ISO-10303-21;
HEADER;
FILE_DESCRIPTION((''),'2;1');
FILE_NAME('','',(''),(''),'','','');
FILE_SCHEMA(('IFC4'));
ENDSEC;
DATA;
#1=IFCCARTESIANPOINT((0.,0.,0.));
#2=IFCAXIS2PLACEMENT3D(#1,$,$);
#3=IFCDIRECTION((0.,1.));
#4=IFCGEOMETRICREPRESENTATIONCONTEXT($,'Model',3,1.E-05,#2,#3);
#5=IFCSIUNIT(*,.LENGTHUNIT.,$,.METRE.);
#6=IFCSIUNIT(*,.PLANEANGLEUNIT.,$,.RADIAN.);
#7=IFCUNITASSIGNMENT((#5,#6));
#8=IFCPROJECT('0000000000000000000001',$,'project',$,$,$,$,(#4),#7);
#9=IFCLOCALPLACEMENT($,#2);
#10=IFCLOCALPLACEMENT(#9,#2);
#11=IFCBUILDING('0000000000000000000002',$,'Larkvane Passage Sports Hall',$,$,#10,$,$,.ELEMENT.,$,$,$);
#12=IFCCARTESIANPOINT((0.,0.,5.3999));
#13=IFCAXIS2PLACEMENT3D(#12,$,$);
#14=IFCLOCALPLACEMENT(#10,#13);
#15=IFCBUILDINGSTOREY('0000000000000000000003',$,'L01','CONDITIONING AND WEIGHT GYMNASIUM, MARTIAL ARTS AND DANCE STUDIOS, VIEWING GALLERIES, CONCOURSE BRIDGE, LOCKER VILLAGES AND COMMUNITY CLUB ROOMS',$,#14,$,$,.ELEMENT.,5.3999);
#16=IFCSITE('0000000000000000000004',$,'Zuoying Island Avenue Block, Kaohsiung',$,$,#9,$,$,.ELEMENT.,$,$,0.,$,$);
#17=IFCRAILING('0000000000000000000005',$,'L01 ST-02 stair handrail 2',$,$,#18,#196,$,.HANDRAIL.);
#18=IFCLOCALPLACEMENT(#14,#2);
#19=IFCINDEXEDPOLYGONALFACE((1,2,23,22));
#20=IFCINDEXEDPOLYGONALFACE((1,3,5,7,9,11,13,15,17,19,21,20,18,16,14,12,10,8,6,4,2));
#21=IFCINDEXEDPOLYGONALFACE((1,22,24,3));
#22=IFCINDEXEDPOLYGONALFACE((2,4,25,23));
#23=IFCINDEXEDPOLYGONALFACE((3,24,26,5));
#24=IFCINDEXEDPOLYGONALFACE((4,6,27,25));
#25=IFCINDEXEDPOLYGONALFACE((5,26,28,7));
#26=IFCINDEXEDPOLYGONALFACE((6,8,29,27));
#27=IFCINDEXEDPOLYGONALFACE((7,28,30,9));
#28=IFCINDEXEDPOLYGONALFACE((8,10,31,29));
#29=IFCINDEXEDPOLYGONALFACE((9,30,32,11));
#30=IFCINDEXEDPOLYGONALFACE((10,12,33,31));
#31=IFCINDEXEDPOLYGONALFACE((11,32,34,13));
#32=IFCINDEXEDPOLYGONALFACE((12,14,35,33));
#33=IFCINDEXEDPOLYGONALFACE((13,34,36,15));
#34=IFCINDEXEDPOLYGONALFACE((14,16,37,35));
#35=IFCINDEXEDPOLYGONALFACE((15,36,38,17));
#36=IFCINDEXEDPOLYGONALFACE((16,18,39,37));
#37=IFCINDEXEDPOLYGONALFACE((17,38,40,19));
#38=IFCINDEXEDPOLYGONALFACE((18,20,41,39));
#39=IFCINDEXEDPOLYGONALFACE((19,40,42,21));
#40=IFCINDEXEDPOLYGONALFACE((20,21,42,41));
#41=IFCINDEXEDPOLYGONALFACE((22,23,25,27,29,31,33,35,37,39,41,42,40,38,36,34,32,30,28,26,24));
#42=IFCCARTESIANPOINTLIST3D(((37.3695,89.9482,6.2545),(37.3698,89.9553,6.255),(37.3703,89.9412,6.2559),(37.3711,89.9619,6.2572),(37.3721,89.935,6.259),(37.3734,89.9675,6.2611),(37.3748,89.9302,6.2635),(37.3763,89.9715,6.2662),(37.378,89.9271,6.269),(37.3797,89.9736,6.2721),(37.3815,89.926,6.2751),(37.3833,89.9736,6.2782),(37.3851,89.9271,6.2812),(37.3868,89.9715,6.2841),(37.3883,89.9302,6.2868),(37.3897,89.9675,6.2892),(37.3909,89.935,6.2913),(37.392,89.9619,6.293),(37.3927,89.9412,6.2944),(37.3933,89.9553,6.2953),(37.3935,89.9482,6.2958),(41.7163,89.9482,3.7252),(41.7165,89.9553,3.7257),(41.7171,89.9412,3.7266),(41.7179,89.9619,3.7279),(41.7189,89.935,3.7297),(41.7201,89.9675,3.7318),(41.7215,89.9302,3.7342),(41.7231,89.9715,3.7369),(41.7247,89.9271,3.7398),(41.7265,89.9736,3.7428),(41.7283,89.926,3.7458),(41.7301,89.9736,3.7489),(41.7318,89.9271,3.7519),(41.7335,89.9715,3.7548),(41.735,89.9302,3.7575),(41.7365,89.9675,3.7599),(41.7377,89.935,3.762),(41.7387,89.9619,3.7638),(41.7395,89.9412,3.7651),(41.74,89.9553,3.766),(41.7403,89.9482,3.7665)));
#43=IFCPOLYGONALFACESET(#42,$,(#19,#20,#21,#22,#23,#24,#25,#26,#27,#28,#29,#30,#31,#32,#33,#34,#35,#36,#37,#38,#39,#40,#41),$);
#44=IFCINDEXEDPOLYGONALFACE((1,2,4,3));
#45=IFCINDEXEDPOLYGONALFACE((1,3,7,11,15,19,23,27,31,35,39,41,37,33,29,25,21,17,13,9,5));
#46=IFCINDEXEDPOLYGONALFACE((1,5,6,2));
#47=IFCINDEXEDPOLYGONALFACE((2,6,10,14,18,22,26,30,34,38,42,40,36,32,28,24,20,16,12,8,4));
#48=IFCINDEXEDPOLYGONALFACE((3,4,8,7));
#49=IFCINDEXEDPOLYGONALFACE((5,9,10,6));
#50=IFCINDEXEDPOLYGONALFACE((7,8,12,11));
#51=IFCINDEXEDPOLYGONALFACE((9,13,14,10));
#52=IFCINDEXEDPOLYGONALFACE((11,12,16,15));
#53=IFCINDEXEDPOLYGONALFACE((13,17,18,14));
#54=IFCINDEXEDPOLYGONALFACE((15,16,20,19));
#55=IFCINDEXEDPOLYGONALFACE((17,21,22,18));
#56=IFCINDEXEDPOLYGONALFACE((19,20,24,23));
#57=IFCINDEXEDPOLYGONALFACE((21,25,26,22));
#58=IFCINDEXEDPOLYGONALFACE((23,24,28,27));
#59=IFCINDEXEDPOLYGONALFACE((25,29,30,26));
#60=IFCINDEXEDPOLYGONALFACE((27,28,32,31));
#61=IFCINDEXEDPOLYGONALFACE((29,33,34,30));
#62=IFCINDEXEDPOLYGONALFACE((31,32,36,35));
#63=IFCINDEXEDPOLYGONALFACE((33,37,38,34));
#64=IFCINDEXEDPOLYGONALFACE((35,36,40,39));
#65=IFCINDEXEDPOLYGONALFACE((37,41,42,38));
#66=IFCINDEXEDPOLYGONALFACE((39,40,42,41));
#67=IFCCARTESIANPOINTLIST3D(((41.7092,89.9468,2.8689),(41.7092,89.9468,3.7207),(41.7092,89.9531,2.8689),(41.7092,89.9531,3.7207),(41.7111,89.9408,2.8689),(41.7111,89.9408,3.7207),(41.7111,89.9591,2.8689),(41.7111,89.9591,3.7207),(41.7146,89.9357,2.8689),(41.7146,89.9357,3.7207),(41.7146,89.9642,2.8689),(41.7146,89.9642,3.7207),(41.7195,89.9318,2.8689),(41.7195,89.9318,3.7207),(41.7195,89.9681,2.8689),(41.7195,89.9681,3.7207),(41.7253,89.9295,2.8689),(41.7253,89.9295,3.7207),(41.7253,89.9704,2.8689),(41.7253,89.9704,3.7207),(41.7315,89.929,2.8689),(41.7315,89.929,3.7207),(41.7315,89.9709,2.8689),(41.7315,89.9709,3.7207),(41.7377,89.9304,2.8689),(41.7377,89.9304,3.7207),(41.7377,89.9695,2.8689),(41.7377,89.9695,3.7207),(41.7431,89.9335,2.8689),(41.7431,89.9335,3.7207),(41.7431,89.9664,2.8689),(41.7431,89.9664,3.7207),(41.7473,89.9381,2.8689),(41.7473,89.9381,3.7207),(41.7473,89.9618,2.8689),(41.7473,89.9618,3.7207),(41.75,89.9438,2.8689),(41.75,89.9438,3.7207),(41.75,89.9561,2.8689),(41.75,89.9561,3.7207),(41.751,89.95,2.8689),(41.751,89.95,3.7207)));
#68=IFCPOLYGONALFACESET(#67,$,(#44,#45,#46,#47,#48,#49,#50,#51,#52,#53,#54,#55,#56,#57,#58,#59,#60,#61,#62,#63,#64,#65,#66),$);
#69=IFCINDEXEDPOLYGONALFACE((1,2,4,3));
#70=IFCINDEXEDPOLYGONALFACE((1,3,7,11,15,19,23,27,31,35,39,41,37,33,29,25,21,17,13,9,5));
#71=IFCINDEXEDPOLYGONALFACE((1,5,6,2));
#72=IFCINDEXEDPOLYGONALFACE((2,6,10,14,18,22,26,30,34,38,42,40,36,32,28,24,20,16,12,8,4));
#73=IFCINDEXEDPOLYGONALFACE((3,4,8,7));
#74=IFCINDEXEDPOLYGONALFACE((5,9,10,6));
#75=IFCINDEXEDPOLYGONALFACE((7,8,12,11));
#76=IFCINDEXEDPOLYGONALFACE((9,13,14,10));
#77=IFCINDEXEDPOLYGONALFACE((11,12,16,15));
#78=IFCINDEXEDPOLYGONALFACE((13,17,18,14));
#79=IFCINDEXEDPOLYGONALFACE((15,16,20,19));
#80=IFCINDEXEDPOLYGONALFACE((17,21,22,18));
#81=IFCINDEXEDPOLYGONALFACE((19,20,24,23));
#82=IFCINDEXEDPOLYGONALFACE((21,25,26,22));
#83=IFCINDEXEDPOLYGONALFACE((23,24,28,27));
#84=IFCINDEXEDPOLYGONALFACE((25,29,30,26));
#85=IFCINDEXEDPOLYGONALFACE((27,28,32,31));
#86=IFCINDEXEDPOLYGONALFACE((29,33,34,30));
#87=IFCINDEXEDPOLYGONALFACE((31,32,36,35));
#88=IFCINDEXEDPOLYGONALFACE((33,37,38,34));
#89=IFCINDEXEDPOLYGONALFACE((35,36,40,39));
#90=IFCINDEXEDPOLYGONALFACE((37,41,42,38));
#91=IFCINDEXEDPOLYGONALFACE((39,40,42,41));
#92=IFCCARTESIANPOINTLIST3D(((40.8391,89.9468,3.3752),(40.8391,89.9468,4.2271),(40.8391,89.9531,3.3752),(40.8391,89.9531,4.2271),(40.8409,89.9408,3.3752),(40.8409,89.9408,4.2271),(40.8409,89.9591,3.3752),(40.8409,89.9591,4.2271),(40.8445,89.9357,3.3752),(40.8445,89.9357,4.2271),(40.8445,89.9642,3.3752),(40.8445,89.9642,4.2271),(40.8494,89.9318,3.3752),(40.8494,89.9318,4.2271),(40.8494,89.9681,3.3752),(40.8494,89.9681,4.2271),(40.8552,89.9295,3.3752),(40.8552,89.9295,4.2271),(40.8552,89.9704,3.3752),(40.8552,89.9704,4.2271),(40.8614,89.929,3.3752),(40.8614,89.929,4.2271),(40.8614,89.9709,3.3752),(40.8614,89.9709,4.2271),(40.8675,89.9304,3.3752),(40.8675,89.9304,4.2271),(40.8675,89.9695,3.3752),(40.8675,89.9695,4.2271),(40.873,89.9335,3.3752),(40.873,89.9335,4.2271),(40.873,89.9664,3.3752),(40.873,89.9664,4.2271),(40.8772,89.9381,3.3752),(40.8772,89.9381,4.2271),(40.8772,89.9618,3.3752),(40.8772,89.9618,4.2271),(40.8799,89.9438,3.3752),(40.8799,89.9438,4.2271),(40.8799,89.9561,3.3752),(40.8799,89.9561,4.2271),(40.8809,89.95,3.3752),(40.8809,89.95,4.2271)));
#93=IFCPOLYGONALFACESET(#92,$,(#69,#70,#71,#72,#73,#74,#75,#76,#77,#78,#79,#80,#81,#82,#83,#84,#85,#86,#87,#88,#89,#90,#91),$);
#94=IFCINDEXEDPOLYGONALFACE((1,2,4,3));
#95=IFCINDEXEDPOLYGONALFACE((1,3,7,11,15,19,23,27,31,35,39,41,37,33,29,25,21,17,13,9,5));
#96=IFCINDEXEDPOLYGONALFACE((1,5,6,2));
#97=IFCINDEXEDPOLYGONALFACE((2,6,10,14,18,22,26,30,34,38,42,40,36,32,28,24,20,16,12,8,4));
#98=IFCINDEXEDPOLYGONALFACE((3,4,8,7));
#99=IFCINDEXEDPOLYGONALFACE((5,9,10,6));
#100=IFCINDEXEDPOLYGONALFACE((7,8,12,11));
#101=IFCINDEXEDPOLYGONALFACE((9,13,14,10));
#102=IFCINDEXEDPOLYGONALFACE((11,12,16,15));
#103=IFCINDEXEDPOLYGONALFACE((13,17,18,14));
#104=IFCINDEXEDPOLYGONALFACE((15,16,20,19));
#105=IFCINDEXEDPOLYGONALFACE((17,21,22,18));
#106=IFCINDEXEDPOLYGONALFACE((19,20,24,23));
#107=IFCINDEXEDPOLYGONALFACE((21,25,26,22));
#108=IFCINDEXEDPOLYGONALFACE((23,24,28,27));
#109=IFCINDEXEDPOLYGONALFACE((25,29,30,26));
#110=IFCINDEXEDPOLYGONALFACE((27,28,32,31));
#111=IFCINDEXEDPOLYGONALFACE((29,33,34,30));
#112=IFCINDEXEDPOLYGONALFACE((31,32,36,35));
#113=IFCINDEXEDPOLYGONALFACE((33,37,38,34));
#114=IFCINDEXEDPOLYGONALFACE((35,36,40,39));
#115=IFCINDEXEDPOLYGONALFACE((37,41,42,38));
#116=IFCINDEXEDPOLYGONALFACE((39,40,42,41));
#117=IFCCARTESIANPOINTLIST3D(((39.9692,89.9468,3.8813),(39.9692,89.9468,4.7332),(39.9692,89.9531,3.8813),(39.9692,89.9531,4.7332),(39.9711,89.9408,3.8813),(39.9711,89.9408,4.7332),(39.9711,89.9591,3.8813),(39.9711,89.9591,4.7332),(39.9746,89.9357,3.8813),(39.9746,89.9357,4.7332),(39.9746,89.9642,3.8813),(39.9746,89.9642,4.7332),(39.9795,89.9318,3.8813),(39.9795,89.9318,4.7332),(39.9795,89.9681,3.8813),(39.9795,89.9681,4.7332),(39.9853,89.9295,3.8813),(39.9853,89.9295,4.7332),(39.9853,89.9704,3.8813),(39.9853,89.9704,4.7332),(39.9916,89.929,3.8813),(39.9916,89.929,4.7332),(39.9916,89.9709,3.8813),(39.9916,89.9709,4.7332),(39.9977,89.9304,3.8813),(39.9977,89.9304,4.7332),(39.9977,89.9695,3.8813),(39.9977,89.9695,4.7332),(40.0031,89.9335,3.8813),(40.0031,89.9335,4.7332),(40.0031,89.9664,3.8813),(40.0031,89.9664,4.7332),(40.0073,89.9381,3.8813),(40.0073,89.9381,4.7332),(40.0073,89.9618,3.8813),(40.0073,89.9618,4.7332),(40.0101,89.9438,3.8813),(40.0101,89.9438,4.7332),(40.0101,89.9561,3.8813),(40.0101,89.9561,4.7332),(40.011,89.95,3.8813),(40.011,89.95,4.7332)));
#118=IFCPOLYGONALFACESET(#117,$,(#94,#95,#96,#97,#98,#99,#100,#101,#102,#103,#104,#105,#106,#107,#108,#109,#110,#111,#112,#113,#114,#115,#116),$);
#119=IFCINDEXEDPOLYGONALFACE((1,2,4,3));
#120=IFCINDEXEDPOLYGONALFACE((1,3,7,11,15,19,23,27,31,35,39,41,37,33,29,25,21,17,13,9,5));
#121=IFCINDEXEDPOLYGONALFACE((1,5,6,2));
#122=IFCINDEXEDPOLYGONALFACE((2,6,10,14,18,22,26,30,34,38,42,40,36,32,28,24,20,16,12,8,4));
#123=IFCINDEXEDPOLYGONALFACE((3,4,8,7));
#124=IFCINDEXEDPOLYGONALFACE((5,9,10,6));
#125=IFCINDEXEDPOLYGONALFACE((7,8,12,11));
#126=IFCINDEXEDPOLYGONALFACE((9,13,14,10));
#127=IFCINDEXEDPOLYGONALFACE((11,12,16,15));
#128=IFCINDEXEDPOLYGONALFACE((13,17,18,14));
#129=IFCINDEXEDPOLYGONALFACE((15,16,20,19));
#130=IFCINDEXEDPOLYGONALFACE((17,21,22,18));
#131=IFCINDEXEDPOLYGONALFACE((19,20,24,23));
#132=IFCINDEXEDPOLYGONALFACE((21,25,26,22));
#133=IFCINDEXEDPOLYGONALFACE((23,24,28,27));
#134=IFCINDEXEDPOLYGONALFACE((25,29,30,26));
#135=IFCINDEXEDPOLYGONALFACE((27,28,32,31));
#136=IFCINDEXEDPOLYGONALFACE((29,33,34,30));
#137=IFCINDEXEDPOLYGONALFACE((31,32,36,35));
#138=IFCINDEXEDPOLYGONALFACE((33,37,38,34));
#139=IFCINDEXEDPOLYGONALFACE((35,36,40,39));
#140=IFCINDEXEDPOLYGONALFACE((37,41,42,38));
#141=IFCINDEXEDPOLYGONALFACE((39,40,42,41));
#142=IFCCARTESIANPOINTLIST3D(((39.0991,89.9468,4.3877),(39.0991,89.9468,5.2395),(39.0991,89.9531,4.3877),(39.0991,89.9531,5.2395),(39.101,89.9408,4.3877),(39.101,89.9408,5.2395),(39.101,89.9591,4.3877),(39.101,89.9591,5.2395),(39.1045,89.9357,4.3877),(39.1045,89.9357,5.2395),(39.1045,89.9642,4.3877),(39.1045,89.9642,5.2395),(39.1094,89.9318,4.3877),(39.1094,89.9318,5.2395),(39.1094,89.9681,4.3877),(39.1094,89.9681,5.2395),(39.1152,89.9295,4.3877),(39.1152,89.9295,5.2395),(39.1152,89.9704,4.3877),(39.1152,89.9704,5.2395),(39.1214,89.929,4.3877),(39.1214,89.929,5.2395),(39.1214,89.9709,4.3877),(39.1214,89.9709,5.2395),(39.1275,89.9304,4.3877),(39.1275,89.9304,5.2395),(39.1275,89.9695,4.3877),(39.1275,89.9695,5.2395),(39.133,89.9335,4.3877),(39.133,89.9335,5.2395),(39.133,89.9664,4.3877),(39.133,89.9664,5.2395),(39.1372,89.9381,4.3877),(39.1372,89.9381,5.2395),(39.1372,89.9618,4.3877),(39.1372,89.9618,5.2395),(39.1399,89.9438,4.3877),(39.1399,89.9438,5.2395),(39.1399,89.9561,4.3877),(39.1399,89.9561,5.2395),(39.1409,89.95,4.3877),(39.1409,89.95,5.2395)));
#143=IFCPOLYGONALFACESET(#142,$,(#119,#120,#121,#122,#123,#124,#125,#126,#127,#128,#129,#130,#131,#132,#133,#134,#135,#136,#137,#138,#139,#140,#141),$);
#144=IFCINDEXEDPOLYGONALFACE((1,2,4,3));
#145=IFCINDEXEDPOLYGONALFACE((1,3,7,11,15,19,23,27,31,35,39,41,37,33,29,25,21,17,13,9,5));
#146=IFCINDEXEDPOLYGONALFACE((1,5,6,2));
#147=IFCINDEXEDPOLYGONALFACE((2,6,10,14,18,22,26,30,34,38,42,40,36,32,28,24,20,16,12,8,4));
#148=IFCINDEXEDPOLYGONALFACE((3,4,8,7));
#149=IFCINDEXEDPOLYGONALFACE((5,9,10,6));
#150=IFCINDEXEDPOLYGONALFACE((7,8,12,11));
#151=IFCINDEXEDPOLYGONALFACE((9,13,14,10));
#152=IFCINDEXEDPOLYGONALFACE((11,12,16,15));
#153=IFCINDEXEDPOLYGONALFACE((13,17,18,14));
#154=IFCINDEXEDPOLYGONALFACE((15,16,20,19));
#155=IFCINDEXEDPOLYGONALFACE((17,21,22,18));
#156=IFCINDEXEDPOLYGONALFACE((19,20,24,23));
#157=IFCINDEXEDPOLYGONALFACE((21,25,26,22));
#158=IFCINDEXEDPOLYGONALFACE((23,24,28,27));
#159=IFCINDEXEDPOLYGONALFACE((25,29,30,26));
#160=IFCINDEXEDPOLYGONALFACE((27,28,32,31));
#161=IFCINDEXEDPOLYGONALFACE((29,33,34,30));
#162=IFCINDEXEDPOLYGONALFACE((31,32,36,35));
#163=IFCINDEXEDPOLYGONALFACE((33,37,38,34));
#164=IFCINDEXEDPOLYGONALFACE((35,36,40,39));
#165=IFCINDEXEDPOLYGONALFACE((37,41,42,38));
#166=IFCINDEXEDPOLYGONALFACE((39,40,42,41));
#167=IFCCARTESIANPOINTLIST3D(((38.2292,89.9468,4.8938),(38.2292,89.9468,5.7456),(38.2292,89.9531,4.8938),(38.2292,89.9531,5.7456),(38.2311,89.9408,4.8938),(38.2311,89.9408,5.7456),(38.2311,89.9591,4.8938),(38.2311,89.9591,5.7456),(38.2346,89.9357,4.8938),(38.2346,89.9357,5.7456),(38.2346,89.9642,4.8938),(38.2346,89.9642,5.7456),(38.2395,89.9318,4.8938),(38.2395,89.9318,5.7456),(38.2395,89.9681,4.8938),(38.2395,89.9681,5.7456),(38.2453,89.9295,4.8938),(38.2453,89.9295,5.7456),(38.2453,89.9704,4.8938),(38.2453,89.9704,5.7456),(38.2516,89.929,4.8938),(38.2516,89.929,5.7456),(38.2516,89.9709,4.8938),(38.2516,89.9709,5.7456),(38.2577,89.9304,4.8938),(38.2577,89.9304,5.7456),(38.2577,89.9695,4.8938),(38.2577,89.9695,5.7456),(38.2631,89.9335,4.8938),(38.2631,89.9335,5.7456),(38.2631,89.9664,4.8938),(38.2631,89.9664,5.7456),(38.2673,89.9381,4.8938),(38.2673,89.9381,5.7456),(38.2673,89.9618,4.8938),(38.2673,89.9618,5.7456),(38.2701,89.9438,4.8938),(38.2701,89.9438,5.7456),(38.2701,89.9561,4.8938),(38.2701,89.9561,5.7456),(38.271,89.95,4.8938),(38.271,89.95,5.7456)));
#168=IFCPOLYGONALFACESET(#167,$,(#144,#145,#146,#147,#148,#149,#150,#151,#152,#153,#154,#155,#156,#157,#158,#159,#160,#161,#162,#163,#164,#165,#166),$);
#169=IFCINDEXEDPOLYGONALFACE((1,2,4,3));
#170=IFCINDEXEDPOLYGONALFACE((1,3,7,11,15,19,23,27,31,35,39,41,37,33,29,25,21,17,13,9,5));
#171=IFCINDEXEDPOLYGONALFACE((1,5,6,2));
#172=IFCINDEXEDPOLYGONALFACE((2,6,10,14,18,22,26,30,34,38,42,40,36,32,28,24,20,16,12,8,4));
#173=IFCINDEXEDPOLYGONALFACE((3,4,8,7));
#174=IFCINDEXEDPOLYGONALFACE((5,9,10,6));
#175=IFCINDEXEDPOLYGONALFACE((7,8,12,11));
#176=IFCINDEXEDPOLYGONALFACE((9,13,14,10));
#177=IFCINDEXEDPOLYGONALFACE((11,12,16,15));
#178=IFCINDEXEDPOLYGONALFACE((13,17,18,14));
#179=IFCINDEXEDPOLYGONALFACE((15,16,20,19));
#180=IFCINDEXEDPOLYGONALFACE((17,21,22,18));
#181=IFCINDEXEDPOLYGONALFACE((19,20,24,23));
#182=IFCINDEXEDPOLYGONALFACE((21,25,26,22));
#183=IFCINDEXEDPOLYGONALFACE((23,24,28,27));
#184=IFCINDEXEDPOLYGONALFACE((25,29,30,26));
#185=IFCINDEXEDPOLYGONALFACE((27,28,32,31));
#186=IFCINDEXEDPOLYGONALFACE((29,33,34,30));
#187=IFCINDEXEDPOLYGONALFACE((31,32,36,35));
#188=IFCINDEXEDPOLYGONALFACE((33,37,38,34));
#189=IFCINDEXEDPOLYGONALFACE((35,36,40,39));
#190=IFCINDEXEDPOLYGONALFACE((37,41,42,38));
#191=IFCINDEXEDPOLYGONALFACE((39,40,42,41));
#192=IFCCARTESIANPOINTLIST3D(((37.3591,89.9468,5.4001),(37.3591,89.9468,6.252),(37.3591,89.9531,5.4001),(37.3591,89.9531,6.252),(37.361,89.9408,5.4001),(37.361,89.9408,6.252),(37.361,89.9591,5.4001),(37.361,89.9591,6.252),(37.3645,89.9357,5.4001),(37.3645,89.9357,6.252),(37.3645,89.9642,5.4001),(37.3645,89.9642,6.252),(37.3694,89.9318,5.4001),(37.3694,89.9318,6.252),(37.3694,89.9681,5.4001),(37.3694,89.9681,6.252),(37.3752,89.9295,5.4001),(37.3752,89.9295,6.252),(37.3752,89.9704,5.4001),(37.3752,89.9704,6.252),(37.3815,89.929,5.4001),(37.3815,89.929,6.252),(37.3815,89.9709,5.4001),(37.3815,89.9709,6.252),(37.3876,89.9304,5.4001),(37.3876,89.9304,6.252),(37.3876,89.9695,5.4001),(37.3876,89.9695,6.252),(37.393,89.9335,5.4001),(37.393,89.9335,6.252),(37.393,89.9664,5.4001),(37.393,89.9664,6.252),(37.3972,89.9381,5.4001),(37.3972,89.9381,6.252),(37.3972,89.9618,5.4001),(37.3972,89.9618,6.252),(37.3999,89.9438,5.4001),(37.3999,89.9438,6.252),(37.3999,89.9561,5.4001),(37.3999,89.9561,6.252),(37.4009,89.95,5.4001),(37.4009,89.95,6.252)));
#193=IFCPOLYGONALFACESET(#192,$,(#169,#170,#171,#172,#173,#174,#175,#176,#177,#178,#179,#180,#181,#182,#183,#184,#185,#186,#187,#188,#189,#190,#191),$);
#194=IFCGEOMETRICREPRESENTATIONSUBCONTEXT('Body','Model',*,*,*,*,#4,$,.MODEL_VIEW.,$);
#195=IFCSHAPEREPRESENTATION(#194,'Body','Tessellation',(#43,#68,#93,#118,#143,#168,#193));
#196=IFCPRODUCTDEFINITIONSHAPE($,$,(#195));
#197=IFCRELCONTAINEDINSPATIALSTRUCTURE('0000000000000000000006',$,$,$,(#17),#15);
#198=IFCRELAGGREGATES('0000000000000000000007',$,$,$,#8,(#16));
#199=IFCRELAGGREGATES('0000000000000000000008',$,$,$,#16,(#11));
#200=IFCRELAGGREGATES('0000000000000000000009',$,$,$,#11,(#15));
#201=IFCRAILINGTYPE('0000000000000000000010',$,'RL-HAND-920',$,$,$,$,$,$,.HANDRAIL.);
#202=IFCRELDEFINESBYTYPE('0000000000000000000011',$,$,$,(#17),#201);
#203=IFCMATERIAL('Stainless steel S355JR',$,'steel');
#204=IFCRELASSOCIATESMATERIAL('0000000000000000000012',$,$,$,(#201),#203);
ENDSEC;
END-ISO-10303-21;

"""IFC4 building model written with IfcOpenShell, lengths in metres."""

from ifc_helpers import new_model, si_unit, direction, frame, origin, origin_2d, place, context, subcontext, project, spatial, circle, extrude, material, type_object, element, save


model = new_model("IFC4")

# Units and contexts
model_context = context("Model", 3, precision=1e-05, world=origin(), true_north=direction((0.0, 1.0)))
body_context = subcontext(model_context, "Body", "Model", "MODEL_VIEW")
ifc_project = project(units=[si_unit("LENGTHUNIT", "METRE"), si_unit("PLANEANGLEUNIT", "RADIAN")], contexts=[model_context])

# Site, building, storey
site_placement = place(None, origin())
site = spatial("IfcSite", under=ifc_project, at=site_placement, Name="Zuoying Island Avenue Block, Kaohsiung", CompositionType="ELEMENT", RefElevation=0.0)
building_placement = place(site_placement, origin())
building = spatial("IfcBuilding", under=site, at=building_placement, Name="Larkvane Passage Sports Hall", CompositionType="ELEMENT")
storey_placement = place(building_placement, frame((0.0, 0.0, 5.3999)))
storey = spatial("IfcBuildingStorey", under=building, at=storey_placement, Name="L01", Description="CONDITIONING AND WEIGHT GYMNASIUM, MARTIAL ARTS AND DANCE STUDIOS, VIEWING GALLERIES, CONCOURSE BRIDGE, LOCKER VILLAGES AND COMMUNITY CLUB ROOMS", CompositionType="ELEMENT", Elevation=5.3999)

# Railing
ifc_material_1 = material(Name="Stainless steel S355JR", Category="steel")
railing_type_1 = type_object("IfcRailingType", Name="RL-HAND-920", PredefinedType="HANDRAIL", material=ifc_material_1)
railing_1_placement = place(storey_placement, frame((41.73, 89.95, 2.8689)))
element("IfcRailing", 1, at=railing_1_placement, inside=storey, type_object=railing_type_1, Name="L01 ST-02 stair handrail 2", PredefinedType="HANDRAIL", context=body_context, shape_type="SweptSolid", body=[
    extrude(circle(Radius=0.0239, at=origin_2d()), frame((-0.0017, 0.0, 0.877), z_axis=(-0.864324, 0.0, 0.502936), x_axis=(0.0, -1.0, 0.0)), (0.0, 0.0, 1.0), 5.0291),
    extrude(circle(Radius=0.021, at=origin_2d()), origin(), (0.0, 0.0, 1.0), 0.8518),
    extrude(circle(Radius=0.021, at=origin_2d()), frame((-0.8701, 0.0, 0.5063)), (0.0, 0.0, 1.0), 0.8518),
    extrude(circle(Radius=0.021, at=origin_2d()), frame((-1.74, 0.0, 1.0125)), (0.0, 0.0, 1.0), 0.8518),
    extrude(circle(Radius=0.021, at=origin_2d()), frame((-2.6101, 0.0, 1.5188)), (0.0, 0.0, 1.0), 0.8518),
    extrude(circle(Radius=0.021, at=origin_2d()), frame((-3.48, 0.0, 2.0249)), (0.0, 0.0, 1.0), 0.8518),
    extrude(circle(Radius=0.021, at=origin_2d()), frame((-4.3501, 0.0, 2.5312)), (0.0, 0.0, 1.0), 0.8518),
])

save(model, "model.ifc")
